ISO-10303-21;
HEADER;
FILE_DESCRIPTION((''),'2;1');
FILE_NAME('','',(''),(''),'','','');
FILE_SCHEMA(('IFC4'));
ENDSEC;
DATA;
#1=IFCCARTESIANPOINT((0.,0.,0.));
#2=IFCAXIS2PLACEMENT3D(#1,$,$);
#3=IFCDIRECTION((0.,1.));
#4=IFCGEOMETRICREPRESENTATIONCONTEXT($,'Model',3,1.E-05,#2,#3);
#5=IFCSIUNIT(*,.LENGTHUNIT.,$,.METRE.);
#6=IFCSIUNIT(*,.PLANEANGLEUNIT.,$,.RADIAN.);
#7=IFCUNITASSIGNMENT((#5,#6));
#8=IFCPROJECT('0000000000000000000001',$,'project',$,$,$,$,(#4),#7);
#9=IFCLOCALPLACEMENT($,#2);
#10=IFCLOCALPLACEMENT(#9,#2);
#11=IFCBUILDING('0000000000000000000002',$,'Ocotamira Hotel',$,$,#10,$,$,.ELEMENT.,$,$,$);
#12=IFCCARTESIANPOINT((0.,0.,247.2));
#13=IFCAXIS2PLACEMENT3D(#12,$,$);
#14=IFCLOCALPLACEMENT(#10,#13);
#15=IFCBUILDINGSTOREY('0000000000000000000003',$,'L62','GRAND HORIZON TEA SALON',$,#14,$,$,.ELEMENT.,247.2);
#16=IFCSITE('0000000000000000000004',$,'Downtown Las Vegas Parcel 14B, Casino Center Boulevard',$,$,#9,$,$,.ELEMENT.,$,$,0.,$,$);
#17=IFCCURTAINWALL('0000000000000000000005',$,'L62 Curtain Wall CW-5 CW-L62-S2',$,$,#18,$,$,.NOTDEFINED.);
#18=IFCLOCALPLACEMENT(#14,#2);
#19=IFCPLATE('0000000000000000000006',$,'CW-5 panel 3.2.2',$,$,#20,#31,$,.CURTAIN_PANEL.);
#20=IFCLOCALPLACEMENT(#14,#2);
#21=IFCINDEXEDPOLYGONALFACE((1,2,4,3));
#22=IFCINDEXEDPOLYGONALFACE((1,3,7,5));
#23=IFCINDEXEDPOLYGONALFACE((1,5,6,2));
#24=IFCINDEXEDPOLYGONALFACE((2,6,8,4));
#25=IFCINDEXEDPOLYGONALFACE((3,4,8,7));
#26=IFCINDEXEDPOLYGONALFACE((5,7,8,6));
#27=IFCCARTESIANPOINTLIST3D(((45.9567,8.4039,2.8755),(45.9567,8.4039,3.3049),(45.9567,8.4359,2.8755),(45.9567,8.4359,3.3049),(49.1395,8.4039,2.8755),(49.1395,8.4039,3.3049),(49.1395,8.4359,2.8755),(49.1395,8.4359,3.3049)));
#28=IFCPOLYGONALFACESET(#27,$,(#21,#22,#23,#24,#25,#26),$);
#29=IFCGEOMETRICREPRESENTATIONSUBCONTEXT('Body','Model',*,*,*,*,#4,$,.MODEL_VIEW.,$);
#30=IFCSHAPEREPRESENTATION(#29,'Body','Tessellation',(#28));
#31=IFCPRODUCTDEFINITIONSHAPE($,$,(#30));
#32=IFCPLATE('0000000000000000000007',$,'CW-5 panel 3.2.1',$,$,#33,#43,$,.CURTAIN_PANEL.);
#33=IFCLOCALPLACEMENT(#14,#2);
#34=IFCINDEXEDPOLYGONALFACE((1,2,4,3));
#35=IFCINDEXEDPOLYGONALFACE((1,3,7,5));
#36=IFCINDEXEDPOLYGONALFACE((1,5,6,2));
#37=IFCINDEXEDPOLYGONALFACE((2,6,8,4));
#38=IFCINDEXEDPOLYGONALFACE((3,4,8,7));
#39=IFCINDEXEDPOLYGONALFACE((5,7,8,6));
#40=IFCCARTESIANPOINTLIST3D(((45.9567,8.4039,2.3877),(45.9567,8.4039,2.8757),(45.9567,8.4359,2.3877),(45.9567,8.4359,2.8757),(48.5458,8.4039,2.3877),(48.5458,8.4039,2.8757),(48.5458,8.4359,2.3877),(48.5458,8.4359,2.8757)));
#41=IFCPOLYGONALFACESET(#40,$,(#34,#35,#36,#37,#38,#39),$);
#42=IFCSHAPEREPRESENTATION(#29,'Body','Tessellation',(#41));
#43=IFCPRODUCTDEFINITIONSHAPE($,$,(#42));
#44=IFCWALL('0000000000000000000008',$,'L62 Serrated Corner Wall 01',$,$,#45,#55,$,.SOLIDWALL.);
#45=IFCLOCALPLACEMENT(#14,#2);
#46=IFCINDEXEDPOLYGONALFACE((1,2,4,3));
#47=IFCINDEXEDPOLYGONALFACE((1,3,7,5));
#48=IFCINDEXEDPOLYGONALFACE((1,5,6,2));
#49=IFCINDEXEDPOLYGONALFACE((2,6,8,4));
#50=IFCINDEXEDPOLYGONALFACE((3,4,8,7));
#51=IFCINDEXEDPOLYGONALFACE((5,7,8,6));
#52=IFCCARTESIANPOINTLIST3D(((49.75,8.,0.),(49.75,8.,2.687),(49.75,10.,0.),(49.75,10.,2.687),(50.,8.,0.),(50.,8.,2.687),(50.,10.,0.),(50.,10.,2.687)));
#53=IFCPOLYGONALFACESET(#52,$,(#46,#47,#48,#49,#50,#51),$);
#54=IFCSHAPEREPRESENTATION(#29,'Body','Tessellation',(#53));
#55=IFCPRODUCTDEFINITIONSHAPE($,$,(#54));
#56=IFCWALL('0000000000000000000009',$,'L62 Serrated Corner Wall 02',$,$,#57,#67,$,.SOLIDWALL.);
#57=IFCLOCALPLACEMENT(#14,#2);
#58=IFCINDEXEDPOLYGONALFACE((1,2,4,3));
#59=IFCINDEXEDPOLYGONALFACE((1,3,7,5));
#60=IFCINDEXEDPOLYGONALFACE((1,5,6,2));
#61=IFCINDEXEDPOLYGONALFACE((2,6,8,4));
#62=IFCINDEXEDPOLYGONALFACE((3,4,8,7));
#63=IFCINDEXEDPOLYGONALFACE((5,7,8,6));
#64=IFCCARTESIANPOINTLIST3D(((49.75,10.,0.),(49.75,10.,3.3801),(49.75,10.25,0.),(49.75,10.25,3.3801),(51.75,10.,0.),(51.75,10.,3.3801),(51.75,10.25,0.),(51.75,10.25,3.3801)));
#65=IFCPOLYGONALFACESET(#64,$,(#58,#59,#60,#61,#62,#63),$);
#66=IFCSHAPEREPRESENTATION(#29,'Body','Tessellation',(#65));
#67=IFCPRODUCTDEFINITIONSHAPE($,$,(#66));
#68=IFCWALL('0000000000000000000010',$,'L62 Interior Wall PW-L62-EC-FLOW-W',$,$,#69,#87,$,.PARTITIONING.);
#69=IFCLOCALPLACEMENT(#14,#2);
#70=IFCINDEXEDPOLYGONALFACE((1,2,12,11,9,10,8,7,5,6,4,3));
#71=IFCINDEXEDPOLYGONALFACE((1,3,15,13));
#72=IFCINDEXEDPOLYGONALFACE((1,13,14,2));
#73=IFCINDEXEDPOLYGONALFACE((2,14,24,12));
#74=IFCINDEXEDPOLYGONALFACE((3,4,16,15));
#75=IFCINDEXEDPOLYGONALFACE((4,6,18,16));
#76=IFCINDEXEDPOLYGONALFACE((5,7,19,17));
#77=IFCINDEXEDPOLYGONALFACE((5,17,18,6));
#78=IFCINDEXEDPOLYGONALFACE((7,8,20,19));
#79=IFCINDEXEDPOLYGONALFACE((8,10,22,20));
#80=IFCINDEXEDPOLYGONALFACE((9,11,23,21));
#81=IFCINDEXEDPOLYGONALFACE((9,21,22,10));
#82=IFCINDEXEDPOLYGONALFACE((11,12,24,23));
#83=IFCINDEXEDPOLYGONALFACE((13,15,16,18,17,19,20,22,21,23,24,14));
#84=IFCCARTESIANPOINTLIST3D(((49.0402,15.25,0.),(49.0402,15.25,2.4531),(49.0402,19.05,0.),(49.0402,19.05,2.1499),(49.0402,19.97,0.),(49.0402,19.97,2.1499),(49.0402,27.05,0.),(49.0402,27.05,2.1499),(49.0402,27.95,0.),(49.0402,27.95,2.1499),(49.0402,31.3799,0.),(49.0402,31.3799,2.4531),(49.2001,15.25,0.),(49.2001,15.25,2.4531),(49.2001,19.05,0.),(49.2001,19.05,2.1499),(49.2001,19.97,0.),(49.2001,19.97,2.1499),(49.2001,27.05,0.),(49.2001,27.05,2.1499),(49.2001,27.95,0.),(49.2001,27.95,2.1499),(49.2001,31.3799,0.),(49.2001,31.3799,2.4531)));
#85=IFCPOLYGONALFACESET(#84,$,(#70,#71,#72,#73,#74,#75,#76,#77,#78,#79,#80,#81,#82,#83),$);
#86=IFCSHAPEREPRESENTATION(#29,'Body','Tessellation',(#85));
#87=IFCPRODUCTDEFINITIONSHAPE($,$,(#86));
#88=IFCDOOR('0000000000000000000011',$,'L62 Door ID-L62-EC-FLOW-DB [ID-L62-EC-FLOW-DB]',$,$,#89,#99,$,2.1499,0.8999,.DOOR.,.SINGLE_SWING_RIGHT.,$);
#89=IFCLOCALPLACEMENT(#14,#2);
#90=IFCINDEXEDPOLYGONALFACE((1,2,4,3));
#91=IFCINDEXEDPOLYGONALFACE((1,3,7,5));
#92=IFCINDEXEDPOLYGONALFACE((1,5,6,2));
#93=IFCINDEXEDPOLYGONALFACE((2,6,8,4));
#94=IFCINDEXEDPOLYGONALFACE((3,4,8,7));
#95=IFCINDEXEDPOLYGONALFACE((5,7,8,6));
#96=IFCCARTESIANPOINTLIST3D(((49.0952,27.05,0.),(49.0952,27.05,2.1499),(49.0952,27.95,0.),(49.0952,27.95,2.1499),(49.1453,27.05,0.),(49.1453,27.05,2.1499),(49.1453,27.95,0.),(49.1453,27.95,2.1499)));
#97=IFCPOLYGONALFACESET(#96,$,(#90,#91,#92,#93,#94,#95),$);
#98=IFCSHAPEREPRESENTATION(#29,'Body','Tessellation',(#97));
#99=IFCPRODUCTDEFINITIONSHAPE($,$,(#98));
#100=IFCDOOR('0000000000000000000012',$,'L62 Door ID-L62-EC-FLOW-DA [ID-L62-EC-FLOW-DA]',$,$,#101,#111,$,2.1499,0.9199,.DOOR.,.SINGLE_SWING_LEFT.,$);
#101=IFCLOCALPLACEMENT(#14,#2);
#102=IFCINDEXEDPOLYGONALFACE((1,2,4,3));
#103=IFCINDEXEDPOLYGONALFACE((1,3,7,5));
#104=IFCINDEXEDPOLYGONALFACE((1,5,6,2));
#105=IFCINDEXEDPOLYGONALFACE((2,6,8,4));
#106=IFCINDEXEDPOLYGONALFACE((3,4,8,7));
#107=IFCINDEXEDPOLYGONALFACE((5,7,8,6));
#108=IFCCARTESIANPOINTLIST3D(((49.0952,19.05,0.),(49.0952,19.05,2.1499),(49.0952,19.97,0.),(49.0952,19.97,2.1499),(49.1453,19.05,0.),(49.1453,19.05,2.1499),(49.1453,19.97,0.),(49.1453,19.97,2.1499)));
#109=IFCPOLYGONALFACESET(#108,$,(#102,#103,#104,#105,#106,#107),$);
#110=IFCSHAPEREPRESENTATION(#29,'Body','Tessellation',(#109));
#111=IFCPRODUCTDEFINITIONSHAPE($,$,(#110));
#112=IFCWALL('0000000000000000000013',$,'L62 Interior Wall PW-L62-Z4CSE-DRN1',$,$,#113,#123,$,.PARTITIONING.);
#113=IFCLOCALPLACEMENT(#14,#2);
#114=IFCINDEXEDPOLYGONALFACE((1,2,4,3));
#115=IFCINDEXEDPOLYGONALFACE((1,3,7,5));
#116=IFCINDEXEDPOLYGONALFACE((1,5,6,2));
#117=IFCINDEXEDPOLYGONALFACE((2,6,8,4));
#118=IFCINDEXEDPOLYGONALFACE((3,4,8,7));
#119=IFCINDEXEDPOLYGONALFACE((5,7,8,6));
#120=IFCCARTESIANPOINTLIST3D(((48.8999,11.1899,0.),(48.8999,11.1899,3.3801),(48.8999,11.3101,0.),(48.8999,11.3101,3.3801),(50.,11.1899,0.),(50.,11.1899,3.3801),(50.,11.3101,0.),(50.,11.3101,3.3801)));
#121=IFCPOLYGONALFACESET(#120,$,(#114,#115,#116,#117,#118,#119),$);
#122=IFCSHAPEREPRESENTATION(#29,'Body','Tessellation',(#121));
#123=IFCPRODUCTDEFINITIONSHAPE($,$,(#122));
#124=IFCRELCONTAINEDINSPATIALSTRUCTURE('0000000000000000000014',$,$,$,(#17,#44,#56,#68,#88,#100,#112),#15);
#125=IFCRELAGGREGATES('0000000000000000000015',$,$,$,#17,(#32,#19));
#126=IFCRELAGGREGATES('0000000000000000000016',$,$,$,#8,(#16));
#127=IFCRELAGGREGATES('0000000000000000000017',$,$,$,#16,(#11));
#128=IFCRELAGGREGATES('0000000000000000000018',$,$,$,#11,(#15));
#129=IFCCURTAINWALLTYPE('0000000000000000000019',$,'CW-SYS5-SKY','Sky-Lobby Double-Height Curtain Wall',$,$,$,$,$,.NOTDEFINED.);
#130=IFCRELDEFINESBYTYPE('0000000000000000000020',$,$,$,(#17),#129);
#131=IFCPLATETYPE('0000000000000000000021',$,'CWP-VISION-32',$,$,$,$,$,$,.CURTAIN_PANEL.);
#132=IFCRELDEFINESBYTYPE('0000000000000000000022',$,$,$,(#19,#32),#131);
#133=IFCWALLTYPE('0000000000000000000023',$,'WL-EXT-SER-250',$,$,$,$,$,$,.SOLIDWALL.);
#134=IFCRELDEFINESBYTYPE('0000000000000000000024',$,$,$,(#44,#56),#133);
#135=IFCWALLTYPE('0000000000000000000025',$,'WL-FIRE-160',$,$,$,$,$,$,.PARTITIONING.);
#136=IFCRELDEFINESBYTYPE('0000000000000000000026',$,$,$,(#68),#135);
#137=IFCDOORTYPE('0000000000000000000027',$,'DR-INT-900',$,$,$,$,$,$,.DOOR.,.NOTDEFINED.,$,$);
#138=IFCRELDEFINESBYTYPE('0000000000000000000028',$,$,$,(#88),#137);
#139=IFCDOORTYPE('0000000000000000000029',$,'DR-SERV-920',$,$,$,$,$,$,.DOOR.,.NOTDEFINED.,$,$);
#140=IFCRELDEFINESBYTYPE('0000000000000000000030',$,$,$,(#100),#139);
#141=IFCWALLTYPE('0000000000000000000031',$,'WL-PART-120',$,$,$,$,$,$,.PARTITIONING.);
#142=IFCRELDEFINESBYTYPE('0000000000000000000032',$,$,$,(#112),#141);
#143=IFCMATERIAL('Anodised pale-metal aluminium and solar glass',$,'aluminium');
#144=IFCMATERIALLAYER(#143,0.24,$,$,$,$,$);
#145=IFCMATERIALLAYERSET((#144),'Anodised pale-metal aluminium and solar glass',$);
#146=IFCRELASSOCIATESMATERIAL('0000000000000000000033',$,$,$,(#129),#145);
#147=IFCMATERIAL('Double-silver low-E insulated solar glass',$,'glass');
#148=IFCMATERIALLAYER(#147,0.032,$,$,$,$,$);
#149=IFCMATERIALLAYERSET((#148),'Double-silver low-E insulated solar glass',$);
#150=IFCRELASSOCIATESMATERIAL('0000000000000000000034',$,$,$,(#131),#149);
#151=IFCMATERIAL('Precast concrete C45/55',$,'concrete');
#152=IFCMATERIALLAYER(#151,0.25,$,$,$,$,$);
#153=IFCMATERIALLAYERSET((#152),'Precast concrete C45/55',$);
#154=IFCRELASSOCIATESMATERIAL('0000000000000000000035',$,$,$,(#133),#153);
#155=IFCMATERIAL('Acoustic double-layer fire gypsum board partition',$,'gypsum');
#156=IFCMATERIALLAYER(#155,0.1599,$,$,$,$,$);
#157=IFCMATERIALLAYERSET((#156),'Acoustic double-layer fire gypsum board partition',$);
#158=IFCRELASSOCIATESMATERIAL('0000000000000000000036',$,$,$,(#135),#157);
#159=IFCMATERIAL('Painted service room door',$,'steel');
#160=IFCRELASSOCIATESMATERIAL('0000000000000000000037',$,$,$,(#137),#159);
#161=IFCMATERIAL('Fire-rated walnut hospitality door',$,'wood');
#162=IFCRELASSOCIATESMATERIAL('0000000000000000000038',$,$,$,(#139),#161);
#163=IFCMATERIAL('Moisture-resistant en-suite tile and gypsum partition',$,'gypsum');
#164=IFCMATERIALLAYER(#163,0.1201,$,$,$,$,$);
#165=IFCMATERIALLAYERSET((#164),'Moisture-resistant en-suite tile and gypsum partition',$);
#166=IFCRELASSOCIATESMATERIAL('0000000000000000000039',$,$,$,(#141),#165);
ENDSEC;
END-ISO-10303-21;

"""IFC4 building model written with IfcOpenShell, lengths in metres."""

from ifc_helpers import new_model, si_unit, direction, frame, frame_2d, origin, origin_2d, place, context, subcontext, project, spatial, rectangle, extrude, source, transform, mapped, material, layer, layer_set, type_object, element, fill, aggregate, save


model = new_model("IFC4")

# Units and contexts
model_context = context("Model", 3, precision=1e-05, world=origin(), true_north=direction((0.0, 1.0)))
body_context = subcontext(model_context, "Body", "Model", "MODEL_VIEW")
ifc_project = project(units=[si_unit("LENGTHUNIT", "METRE"), si_unit("PLANEANGLEUNIT", "RADIAN")], contexts=[model_context])

# Site, building, storey
site_placement = place(None, origin())
site = spatial("IfcSite", under=ifc_project, at=site_placement, Name="Downtown Las Vegas Parcel 14B, Casino Center Boulevard", CompositionType="ELEMENT", RefElevation=0.0)
building_placement = place(site_placement, origin())
building = spatial("IfcBuilding", under=site, at=building_placement, Name="Ocotamira Hotel", CompositionType="ELEMENT")
storey_placement = place(building_placement, frame((0.0, 0.0, 247.2)))
storey = spatial("IfcBuildingStorey", under=building, at=storey_placement, Name="L62", Description="GRAND HORIZON TEA SALON", CompositionType="ELEMENT", Elevation=247.2)

# Curtain wall
ifc_material_1 = material(Name="Anodised pale-metal aluminium and solar glass", Category="aluminium")
ifc_layer_1 = layer(ifc_material_1, 0.24)
ifc_layer_set_1 = layer_set([ifc_layer_1], Name="Anodised pale-metal aluminium and solar glass")
curtain_wall_type = type_object("IfcCurtainWallType", Name="CW-SYS5-SKY", Description="Sky-Lobby Double-Height Curtain Wall", PredefinedType="NOTDEFINED", material=ifc_layer_set_1)
curtain_wall_placement = place(storey_placement, origin())
curtain_wall = element("IfcCurtainWall", 1, at=curtain_wall_placement, inside=storey, type_object=curtain_wall_type, Name="L62 Curtain Wall CW-5 CW-L62-S2", PredefinedType="NOTDEFINED")

# Plates
ifc_material_2 = material(Name="Double-silver low-E insulated solar glass", Category="glass")
ifc_layer_2 = layer(ifc_material_2, 0.032)
ifc_layer_set_2 = layer_set([ifc_layer_2], Name="Double-silver low-E insulated solar glass")
plate_type_1 = type_object("IfcPlateType", Name="CWP-VISION-32", PredefinedType="CURTAIN_PANEL", material=ifc_layer_set_2)
shared_shape_1 = source(origin(), body_context, "Body", "SweptSolid", [
    extrude(rectangle(XDim=3.1829, YDim=0.032, at=origin_2d()), origin(), (0.0, 0.0, 1.0), 0.4294),
])
plate_1_placement = place(storey_placement, frame((47.5481, 8.4199, 2.8755), z_axis=(0.0, 0.0, 1.0), x_axis=(1.0, 0.0, 0.0)))
plate_1 = element("IfcPlate", 2, at=plate_1_placement, type_object=plate_type_1, Name="CW-5 panel 3.2.2", PredefinedType="CURTAIN_PANEL", context=body_context, shape_type="MappedRepresentation", body=[
    mapped(shared_shape_1, transform((0.0, 0.0, 0.0), scale=1.0)),
])
shared_shape_2 = source(origin(), body_context, "Body", "SweptSolid", [
    extrude(rectangle(XDim=2.5891, YDim=0.032, at=origin_2d()), origin(), (0.0, 0.0, 1.0), 0.488),
])
plate_2_placement = place(storey_placement, frame((47.2512, 8.4199, 2.3877), z_axis=(0.0, 0.0, 1.0), x_axis=(1.0, 0.0, 0.0)))
plate_2 = element("IfcPlate", 3, at=plate_2_placement, type_object=plate_type_1, Name="CW-5 panel 3.2.1", PredefinedType="CURTAIN_PANEL", context=body_context, shape_type="MappedRepresentation", body=[
    mapped(shared_shape_2, transform((0.0, 0.0, 0.0), scale=1.0)),
])
aggregate(curtain_wall, [plate_2, plate_1])

# Walls
ifc_material_3 = material(Name="Precast concrete C45/55", Category="concrete")
ifc_layer_3 = layer(ifc_material_3, 0.25)
ifc_layer_set_3 = layer_set([ifc_layer_3], Name="Precast concrete C45/55")
wall_type_1 = type_object("IfcWallType", Name="WL-EXT-SER-250", PredefinedType="SOLIDWALL", material=ifc_layer_set_3)
wall_1_placement = place(storey_placement, frame((49.875, 8.0, 0.0), z_axis=(0.0, 0.0, 1.0), x_axis=(0.0, 1.0, 0.0)))
element("IfcWall", 4, at=wall_1_placement, inside=storey, type_object=wall_type_1, Name="L62 Serrated Corner Wall 01", PredefinedType="SOLIDWALL", context=body_context, shape_type="SweptSolid", body=[
    extrude(rectangle(XDim=2.0, YDim=0.25, at=frame_2d((1.0, 0.0))), origin(), (0.0, 0.0, 1.0), 2.687),
])
wall_2_placement = place(storey_placement, frame((49.75, 10.125, 0.0), z_axis=(0.0, 0.0, 1.0), x_axis=(1.0, 0.0, 0.0)))
element("IfcWall", 5, at=wall_2_placement, inside=storey, type_object=wall_type_1, Name="L62 Serrated Corner Wall 02", PredefinedType="SOLIDWALL", context=body_context, shape_type="SweptSolid", body=[
    extrude(rectangle(XDim=2.0, YDim=0.25, at=frame_2d((1.0, 0.0))), origin(), (0.0, 0.0, 1.0), 3.3801),
])

# Wall, openings, doors
ifc_material_4 = material(Name="Acoustic double-layer fire gypsum board partition", Category="gypsum")
ifc_layer_4 = layer(ifc_material_4, 0.1599)
ifc_layer_set_4 = layer_set([ifc_layer_4], Name="Acoustic double-layer fire gypsum board partition")
wall_type_2 = type_object("IfcWallType", Name="WL-FIRE-160", PredefinedType="PARTITIONING", material=ifc_layer_set_4)
wall_3_placement = place(storey_placement, frame((49.1201, 15.25, 0.0), z_axis=(0.0, 0.0, 1.0), x_axis=(0.0, 1.0, 0.0)))
wall_3 = element("IfcWall", 6, at=wall_3_placement, inside=storey, type_object=wall_type_2, Name="L62 Interior Wall PW-L62-EC-FLOW-W", PredefinedType="PARTITIONING", context=body_context, shape_type="SweptSolid", body=[
    extrude(rectangle(XDim=16.1299, YDim=0.1599, at=frame_2d((8.0649, 0.0))), origin(), (0.0, 0.0, 1.0), 2.4531),
])
opening_1_placement = place(wall_3_placement, frame((3.8, 0.0, 0.0)))
opening_1 = element("IfcOpeningElement", 7, at=opening_1_placement, cuts=wall_3, PredefinedType="OPENING", context=body_context, shape_type="SweptSolid", body=[
    extrude(rectangle(XDim=0.9199, YDim=2.1499, at=frame_2d((0.46, 1.075))), frame((0.0, 0.0898, 0.0), z_axis=(0.0, -1.0, 0.0), x_axis=(1.0, 0.0, 0.0)), (0.0, 0.0, 1.0), 0.1799),
])
opening_2_placement = place(wall_3_placement, frame((11.8, 0.0, 0.0)))
opening_2 = element("IfcOpeningElement", 8, at=opening_2_placement, cuts=wall_3, PredefinedType="OPENING", context=body_context, shape_type="SweptSolid", body=[
    extrude(rectangle(XDim=0.8999, YDim=2.1499, at=frame_2d((0.45, 1.075))), frame((0.0, 0.0898, 0.0), z_axis=(0.0, -1.0, 0.0), x_axis=(1.0, 0.0, 0.0)), (0.0, 0.0, 1.0), 0.1799),
])
ifc_material_5 = material(Name="Painted service room door", Category="steel")
door_type_1 = type_object("IfcDoorType", Name="DR-INT-900", OperationType="NOTDEFINED", PredefinedType="DOOR", material=ifc_material_5)
shared_shape_3 = source(origin(), body_context, "Body", "SweptSolid", [
    extrude(rectangle(XDim=0.8999, YDim=2.1499, at=frame_2d((0.45, 1.075))), frame((0.0, 0.0249, 0.0), z_axis=(0.0, -1.0, 0.0), x_axis=(1.0, 0.0, 0.0)), (0.0, 0.0, 1.0), 0.05),
])
door_1_placement = place(opening_2_placement, origin())
door_1 = element("IfcDoor", 9, at=door_1_placement, inside=storey, type_object=door_type_1, Name="L62 Door ID-L62-EC-FLOW-DB [ID-L62-EC-FLOW-DB]", OperationType="SINGLE_SWING_RIGHT", OverallHeight=2.1499, OverallWidth=0.8999, PredefinedType="DOOR", context=body_context, shape_type="MappedRepresentation", body=[
    mapped(shared_shape_3, transform((0.0, 0.0, 0.0), scale=1.0)),
])
fill(opening_2, door_1)
ifc_material_6 = material(Name="Fire-rated walnut hospitality door", Category="wood")
door_type_2 = type_object("IfcDoorType", Name="DR-SERV-920", OperationType="NOTDEFINED", PredefinedType="DOOR", material=ifc_material_6)
shared_shape_4 = source(origin(), body_context, "Body", "SweptSolid", [
    extrude(rectangle(XDim=0.9199, YDim=2.1499, at=frame_2d((0.46, 1.075))), frame((0.0, 0.0249, 0.0), z_axis=(0.0, -1.0, 0.0), x_axis=(1.0, 0.0, 0.0)), (0.0, 0.0, 1.0), 0.05),
])
door_2_placement = place(opening_1_placement, origin())
door_2 = element("IfcDoor", 10, at=door_2_placement, inside=storey, type_object=door_type_2, Name="L62 Door ID-L62-EC-FLOW-DA [ID-L62-EC-FLOW-DA]", OperationType="SINGLE_SWING_LEFT", OverallHeight=2.1499, OverallWidth=0.9199, PredefinedType="DOOR", context=body_context, shape_type="MappedRepresentation", body=[
    mapped(shared_shape_4, transform((0.0, 0.0, 0.0), scale=1.0)),
])
fill(opening_1, door_2)

# Wall
ifc_material_7 = material(Name="Moisture-resistant en-suite tile and gypsum partition", Category="gypsum")
ifc_layer_5 = layer(ifc_material_7, 0.1201)
ifc_layer_set_5 = layer_set([ifc_layer_5], Name="Moisture-resistant en-suite tile and gypsum partition")
wall_type_3 = type_object("IfcWallType", Name="WL-PART-120", PredefinedType="PARTITIONING", material=ifc_layer_set_5)
wall_4_placement = place(storey_placement, frame((48.8999, 11.25, 0.0), z_axis=(0.0, 0.0, 1.0), x_axis=(1.0, 0.0, 0.0)))
element("IfcWall", 11, at=wall_4_placement, inside=storey, type_object=wall_type_3, Name="L62 Interior Wall PW-L62-Z4CSE-DRN1", PredefinedType="PARTITIONING", context=body_context, shape_type="SweptSolid", body=[
    extrude(rectangle(XDim=1.1001, YDim=0.1201, at=frame_2d((0.55, 0.0))), origin(), (0.0, 0.0, 1.0), 3.3801),
])

save(model, "model.ifc")
